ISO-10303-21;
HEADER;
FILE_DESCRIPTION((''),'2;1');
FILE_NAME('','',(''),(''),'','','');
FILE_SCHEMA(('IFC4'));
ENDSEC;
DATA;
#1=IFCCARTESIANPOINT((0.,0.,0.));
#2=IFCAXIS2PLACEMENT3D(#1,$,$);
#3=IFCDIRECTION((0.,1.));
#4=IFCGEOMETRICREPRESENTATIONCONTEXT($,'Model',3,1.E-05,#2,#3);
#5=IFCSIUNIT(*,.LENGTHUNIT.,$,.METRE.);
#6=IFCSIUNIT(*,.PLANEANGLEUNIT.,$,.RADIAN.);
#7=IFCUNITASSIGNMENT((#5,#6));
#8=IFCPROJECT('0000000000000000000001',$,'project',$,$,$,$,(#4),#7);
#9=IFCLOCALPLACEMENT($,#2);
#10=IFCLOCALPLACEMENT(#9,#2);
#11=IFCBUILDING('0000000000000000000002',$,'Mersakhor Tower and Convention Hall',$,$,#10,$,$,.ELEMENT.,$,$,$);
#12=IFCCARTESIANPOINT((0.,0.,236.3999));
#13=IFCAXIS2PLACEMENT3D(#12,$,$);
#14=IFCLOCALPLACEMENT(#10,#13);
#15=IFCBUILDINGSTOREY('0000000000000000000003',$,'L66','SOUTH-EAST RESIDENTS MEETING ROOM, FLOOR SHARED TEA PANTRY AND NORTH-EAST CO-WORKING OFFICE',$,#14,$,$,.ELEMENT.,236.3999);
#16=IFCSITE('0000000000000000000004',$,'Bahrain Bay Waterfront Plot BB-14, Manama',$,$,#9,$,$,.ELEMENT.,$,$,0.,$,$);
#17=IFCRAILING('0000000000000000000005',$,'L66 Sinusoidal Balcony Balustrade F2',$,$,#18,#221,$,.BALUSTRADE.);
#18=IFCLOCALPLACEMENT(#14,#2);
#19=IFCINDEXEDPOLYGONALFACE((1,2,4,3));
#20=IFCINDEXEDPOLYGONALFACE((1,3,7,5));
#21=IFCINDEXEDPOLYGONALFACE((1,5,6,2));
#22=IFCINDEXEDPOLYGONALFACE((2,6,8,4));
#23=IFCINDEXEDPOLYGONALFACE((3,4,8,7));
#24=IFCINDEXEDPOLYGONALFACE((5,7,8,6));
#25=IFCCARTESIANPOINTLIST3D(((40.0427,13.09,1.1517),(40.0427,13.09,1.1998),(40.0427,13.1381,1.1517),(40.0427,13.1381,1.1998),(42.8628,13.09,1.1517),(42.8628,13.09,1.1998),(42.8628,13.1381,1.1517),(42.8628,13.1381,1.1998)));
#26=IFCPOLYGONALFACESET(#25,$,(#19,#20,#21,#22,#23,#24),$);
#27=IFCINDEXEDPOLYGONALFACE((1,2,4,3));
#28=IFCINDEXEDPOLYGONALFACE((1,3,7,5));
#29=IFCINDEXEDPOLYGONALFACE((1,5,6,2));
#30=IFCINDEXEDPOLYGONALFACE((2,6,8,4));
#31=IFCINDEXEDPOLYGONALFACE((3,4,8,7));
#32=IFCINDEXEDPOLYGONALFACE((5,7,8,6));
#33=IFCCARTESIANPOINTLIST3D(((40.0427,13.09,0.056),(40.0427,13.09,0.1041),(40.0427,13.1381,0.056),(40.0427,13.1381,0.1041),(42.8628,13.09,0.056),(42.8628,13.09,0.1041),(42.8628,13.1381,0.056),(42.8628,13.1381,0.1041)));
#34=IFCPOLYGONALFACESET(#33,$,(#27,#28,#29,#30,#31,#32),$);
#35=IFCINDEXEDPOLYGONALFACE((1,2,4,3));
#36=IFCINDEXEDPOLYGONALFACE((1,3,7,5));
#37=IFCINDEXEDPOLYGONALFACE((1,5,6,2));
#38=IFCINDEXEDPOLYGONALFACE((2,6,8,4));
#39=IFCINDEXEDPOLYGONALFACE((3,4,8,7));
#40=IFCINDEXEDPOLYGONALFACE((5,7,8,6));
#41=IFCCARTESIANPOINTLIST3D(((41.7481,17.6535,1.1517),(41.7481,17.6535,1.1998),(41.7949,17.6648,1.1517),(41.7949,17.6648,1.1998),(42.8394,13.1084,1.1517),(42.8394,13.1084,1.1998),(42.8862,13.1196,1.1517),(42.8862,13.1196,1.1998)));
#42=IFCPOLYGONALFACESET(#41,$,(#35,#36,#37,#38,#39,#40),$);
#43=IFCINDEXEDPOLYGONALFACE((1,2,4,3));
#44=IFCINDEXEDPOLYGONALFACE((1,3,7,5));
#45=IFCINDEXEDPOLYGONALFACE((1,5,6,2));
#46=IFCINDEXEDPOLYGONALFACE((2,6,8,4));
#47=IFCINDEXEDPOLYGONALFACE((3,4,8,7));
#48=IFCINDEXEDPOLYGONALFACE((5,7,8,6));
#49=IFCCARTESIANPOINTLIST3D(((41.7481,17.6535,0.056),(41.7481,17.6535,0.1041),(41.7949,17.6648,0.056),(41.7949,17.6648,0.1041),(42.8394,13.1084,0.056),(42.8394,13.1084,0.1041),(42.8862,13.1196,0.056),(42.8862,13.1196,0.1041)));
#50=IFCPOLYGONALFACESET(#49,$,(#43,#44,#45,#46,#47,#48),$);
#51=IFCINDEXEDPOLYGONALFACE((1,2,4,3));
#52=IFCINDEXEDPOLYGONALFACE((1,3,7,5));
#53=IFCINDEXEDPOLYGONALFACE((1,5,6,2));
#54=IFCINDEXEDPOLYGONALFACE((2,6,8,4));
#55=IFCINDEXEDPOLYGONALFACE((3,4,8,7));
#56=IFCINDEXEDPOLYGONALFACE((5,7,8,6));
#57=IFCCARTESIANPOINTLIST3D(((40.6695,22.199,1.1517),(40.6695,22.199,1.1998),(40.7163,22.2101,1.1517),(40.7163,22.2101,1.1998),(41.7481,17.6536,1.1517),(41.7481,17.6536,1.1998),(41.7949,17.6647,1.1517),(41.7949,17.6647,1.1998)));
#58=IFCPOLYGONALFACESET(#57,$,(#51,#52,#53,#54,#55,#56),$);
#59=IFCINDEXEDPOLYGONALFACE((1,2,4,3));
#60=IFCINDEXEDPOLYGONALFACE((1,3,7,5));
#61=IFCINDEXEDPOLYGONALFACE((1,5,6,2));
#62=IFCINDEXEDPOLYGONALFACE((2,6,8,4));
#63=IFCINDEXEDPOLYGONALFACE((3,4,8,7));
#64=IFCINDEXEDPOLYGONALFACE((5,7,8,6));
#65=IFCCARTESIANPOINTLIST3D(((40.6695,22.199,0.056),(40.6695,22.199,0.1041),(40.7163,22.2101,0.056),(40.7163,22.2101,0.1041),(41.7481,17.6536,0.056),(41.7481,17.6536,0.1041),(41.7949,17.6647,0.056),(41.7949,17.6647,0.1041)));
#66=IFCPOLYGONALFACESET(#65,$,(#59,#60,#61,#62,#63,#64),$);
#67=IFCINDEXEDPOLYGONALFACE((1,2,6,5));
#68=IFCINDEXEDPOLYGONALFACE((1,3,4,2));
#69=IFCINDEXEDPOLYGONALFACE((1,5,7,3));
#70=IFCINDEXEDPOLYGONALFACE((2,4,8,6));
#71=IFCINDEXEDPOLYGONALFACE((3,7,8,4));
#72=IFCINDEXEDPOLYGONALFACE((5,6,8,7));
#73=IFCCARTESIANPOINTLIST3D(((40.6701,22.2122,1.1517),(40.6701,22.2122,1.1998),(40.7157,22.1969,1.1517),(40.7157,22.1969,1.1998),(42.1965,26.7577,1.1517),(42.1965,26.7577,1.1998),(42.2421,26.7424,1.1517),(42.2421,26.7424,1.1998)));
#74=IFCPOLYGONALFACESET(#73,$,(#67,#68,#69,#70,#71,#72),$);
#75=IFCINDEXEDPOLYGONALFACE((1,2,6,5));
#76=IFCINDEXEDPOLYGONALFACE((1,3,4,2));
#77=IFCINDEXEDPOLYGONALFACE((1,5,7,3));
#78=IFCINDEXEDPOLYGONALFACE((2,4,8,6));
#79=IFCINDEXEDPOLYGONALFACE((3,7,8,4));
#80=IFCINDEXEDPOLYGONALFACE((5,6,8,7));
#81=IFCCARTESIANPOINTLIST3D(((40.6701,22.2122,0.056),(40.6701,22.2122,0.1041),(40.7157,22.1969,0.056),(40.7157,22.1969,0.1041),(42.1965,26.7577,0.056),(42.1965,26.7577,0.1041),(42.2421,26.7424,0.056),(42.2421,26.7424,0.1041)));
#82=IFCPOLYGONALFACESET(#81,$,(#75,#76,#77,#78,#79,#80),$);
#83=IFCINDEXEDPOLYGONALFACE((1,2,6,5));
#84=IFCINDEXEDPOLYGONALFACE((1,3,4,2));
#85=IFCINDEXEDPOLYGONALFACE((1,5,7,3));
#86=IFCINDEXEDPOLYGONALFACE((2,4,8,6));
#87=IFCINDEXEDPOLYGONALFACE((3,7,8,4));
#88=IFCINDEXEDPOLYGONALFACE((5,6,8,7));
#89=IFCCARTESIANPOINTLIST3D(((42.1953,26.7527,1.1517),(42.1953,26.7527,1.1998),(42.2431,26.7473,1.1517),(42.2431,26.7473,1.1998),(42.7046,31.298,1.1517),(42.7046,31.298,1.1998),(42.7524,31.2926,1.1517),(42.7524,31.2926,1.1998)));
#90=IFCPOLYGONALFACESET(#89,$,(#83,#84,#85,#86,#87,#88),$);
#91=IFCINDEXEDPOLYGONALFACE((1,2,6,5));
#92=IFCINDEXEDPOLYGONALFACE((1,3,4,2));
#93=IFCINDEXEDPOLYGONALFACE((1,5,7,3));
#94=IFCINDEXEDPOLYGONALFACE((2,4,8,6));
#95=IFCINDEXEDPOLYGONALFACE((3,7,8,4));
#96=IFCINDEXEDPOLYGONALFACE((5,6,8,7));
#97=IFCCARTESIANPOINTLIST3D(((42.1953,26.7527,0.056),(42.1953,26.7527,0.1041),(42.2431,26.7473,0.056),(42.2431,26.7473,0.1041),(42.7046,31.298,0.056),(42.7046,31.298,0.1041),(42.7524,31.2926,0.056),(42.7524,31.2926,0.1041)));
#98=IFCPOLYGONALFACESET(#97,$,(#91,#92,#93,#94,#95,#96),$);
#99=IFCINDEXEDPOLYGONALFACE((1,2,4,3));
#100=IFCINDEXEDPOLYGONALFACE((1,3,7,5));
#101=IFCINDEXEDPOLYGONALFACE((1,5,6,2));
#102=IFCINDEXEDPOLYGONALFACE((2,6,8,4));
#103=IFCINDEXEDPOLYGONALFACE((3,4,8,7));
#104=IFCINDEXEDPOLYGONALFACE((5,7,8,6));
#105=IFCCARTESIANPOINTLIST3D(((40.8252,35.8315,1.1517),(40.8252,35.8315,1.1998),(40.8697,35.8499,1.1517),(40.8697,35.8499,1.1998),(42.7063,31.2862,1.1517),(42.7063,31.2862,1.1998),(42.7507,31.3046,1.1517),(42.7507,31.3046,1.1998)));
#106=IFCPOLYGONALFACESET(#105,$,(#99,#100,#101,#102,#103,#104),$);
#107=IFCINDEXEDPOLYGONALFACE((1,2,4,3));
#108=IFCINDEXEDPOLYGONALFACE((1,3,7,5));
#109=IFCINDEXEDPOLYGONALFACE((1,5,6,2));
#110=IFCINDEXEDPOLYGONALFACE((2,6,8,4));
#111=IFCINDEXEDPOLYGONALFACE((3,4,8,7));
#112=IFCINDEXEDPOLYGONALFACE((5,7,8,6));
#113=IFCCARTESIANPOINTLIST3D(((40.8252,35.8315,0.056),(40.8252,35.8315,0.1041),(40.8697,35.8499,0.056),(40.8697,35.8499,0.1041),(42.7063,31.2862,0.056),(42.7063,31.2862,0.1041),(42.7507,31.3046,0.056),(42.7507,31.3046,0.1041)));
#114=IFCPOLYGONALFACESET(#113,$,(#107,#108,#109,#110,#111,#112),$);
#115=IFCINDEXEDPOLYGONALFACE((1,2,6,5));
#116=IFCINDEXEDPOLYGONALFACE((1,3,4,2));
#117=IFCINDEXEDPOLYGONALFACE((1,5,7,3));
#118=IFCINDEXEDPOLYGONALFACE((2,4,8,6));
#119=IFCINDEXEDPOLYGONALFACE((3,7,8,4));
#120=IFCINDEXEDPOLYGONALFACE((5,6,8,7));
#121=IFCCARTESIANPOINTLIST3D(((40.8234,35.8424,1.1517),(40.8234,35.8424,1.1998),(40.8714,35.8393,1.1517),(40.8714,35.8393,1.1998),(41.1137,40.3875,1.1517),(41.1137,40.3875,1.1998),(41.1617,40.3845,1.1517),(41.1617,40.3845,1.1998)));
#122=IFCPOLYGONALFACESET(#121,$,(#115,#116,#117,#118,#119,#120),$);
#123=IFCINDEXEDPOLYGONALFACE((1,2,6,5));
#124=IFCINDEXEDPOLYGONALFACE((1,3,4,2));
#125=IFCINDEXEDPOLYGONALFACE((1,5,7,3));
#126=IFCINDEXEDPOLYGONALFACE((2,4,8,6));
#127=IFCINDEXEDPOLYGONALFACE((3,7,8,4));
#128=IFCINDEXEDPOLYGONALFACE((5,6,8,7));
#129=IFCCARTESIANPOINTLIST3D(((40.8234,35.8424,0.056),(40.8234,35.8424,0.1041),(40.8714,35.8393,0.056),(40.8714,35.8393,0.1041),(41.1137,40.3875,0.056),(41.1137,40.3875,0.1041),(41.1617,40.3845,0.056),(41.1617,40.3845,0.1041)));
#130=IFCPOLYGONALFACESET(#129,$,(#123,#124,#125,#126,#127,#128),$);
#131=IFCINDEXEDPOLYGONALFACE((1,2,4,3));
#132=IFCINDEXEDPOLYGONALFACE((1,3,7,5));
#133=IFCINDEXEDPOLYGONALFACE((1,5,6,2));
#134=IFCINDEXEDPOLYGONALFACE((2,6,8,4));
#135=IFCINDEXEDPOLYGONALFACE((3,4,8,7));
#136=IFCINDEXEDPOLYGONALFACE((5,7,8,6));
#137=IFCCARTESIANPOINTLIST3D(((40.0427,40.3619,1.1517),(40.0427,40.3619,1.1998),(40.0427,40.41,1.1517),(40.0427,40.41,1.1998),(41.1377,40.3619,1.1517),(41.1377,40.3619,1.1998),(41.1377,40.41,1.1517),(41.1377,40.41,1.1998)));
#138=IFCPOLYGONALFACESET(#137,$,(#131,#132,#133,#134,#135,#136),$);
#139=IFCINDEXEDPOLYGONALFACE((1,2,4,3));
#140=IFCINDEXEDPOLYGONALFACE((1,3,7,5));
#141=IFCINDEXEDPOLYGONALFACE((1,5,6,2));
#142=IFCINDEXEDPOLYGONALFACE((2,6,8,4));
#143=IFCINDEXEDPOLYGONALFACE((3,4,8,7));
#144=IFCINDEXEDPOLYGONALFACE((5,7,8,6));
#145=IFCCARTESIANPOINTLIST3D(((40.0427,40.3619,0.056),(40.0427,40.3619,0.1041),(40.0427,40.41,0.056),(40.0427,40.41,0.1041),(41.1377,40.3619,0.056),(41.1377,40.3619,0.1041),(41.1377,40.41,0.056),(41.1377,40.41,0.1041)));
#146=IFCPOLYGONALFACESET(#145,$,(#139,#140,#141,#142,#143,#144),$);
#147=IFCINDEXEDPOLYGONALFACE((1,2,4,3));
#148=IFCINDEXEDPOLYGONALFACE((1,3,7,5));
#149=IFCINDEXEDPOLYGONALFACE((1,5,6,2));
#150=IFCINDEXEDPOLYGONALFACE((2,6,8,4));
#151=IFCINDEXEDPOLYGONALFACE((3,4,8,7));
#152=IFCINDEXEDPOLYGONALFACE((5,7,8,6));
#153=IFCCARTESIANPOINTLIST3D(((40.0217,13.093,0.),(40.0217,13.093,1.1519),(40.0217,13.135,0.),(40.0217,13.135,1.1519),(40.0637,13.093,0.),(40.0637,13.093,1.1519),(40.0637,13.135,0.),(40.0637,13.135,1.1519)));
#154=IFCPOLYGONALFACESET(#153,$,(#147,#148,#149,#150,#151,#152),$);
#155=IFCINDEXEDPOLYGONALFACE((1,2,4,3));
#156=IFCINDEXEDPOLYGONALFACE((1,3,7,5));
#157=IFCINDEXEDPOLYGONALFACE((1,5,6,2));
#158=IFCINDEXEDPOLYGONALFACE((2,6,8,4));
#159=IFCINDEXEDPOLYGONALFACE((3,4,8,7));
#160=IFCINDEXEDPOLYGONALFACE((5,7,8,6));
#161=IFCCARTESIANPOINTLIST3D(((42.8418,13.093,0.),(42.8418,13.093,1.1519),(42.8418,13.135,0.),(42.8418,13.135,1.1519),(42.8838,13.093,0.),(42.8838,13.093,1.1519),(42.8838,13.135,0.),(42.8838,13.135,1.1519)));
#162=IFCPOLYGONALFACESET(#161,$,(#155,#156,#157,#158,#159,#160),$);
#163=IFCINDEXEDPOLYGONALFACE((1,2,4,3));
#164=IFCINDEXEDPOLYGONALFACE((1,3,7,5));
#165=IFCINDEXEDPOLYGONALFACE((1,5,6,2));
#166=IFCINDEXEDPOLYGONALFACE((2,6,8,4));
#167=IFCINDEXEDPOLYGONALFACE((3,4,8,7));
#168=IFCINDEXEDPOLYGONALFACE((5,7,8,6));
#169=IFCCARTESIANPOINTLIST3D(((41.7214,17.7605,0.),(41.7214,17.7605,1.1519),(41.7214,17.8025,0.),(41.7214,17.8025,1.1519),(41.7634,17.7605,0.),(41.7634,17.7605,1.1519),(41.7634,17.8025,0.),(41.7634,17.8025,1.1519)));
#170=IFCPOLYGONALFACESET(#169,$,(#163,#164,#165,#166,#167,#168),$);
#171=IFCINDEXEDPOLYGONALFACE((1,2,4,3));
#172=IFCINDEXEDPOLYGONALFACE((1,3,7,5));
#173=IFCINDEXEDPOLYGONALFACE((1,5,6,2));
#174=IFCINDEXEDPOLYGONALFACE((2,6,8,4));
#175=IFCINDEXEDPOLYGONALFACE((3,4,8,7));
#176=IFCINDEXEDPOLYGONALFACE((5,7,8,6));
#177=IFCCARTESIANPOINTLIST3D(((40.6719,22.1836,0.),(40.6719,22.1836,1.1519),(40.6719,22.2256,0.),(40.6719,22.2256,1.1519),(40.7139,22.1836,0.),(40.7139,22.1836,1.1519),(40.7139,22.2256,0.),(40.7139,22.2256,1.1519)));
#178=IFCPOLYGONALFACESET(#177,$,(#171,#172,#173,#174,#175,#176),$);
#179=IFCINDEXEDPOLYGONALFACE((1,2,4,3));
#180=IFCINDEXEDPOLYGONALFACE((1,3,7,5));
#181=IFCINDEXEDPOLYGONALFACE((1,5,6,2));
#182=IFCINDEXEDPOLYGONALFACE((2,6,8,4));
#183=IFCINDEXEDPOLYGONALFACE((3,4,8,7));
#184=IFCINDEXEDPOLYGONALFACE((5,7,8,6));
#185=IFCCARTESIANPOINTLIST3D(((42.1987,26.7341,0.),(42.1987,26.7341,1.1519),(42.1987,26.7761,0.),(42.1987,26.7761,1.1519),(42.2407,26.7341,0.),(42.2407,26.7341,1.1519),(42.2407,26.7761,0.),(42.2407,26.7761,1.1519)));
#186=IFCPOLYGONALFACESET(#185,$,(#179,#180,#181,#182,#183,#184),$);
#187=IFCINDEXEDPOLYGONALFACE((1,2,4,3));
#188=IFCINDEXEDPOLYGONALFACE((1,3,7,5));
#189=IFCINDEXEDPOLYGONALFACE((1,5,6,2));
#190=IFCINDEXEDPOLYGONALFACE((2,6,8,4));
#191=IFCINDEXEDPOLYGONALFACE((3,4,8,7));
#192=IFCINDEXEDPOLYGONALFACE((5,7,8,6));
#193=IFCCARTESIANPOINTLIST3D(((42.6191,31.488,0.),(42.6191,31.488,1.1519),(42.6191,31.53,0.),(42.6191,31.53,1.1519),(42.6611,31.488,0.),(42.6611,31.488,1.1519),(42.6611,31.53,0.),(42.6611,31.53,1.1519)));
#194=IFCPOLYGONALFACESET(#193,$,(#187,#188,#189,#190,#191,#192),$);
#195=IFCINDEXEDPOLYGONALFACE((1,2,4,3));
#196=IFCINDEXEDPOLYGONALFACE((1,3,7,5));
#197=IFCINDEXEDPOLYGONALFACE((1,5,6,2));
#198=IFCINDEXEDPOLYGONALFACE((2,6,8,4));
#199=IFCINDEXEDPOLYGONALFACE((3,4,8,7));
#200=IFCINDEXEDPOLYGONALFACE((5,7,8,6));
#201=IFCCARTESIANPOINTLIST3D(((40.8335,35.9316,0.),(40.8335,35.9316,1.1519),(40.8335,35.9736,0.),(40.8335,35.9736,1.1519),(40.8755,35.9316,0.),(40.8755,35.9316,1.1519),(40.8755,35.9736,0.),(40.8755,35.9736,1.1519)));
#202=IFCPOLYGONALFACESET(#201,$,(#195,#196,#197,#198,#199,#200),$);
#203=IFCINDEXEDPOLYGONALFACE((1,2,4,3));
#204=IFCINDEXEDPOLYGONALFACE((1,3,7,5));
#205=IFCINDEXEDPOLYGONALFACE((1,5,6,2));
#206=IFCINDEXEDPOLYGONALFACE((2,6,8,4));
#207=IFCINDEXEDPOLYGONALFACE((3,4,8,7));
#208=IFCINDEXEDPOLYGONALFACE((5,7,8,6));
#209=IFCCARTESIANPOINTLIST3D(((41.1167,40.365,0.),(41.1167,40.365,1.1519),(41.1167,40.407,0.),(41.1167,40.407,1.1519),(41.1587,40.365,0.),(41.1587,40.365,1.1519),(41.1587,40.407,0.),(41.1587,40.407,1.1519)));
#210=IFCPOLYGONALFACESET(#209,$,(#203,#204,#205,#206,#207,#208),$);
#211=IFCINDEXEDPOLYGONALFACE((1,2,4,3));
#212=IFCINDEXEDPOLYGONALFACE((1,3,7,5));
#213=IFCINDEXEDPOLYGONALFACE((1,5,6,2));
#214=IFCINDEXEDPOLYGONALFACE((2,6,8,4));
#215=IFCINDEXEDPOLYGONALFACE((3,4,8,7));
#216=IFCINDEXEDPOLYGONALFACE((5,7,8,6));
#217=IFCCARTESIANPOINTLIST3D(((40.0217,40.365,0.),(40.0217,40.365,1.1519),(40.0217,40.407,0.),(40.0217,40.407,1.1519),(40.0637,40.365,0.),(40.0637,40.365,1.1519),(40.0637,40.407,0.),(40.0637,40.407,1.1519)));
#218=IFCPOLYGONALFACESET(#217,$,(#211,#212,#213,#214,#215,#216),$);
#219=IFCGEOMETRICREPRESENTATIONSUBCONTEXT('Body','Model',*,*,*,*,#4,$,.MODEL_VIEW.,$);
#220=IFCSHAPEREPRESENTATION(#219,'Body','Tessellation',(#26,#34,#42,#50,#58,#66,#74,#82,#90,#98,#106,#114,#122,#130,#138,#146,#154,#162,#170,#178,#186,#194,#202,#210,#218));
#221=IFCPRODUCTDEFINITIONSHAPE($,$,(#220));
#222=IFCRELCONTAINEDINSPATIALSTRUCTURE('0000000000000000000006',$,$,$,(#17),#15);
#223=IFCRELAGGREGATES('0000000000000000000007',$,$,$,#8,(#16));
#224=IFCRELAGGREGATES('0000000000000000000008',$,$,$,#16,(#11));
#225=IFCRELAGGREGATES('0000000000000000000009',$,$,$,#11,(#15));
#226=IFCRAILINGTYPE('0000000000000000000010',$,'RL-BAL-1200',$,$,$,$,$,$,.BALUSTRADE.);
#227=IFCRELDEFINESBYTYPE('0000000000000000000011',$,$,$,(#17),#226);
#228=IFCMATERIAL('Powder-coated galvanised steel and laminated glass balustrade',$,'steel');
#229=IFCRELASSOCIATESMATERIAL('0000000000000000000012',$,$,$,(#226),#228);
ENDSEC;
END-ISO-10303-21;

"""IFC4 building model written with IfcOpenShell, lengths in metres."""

from ifc_helpers import new_model, si_unit, direction, frame, origin, origin_2d, place, context, subcontext, project, spatial, rectangle, extrude, material, type_object, element, save


model = new_model("IFC4")

# Units and contexts
model_context = context("Model", 3, precision=1e-05, world=origin(), true_north=direction((0.0, 1.0)))
body_context = subcontext(model_context, "Body", "Model", "MODEL_VIEW")
ifc_project = project(units=[si_unit("LENGTHUNIT", "METRE"), si_unit("PLANEANGLEUNIT", "RADIAN")], contexts=[model_context])

# Site, building, storey
site_placement = place(None, origin())
site = spatial("IfcSite", under=ifc_project, at=site_placement, Name="Bahrain Bay Waterfront Plot BB-14, Manama", CompositionType="ELEMENT", RefElevation=0.0)
building_placement = place(site_placement, origin())
building = spatial("IfcBuilding", under=site, at=building_placement, Name="Mersakhor Tower and Convention Hall", CompositionType="ELEMENT")
storey_placement = place(building_placement, frame((0.0, 0.0, 236.3999)))
storey = spatial("IfcBuildingStorey", under=building, at=storey_placement, Name="L66", Description="SOUTH-EAST RESIDENTS MEETING ROOM, FLOOR SHARED TEA PANTRY AND NORTH-EAST CO-WORKING OFFICE", CompositionType="ELEMENT", Elevation=236.3999)

# Railing
ifc_material_1 = material(Name="Powder-coated galvanised steel and laminated glass balustrade", Category="steel")
railing_type = type_object("IfcRailingType", Name="RL-BAL-1200", PredefinedType="BALUSTRADE", material=ifc_material_1)
railing_placement = place(storey_placement, frame((40.0427, 13.114, 0.0)))
element("IfcRailing", 1, at=railing_placement, inside=storey, type_object=railing_type, Name="L66 Sinusoidal Balcony Balustrade F2", PredefinedType="BALUSTRADE", context=body_context, shape_type="SweptSolid", body=[
    extrude(rectangle(XDim=0.0481, YDim=0.0481, at=origin_2d()), frame((0.0, 0.0, 1.1758), z_axis=(1.0, 0.0, 0.0), x_axis=(0.0, 1.0, 0.0)), (0.0, 0.0, 1.0), 2.8201),
    extrude(rectangle(XDim=0.0481, YDim=0.0481, at=origin_2d()), frame((0.0, 0.0, 0.0801), z_axis=(1.0, 0.0, 0.0), x_axis=(0.0, 1.0, 0.0)), (0.0, 0.0, 1.0), 2.8201),
    extrude(rectangle(XDim=0.0481, YDim=0.0481, at=origin_2d()), frame((2.8201, 0.0, 1.1758), z_axis=(-0.233468, 0.972365, 0.0), x_axis=(-0.972365, -0.233468, 0.0)), (0.0, 0.0, 1.0), 4.6743),
    extrude(rectangle(XDim=0.0481, YDim=0.0481, at=origin_2d()), frame((2.8201, 0.0, 0.0801), z_axis=(-0.233468, 0.972365, 0.0), x_axis=(-0.972365, -0.233468, 0.0)), (0.0, 0.0, 1.0), 4.6743),
    extrude(rectangle(XDim=0.0481, YDim=0.0481, at=origin_2d()), frame((1.7288, 4.5452, 1.1758), z_axis=(-0.230886, 0.972981, 0.0), x_axis=(-0.972981, -0.230886, 0.0)), (0.0, 0.0, 1.0), 4.6716),
    extrude(rectangle(XDim=0.0481, YDim=0.0481, at=origin_2d()), frame((1.7288, 4.5452, 0.0801), z_axis=(-0.230886, 0.972981, 0.0), x_axis=(-0.972981, -0.230886, 0.0)), (0.0, 0.0, 1.0), 4.6716),
    extrude(rectangle(XDim=0.0481, YDim=0.0481, at=origin_2d()), frame((0.6501, 9.0906, 1.1758), z_axis=(0.318335, 0.947978, 0.0), x_axis=(-0.947978, 0.318335, 0.0)), (0.0, 0.0, 1.0), 4.7949),
    extrude(rectangle(XDim=0.0481, YDim=0.0481, at=origin_2d()), frame((0.6501, 9.0906, 0.0801), z_axis=(0.318335, 0.947978, 0.0), x_axis=(-0.947978, 0.318335, 0.0)), (0.0, 0.0, 1.0), 4.7949),
    extrude(rectangle(XDim=0.0481, YDim=0.0481, at=origin_2d()), frame((2.1765, 13.636, 1.1758), z_axis=(0.111345, 0.993782, 0.0), x_axis=(-0.993782, 0.111345, 0.0)), (0.0, 0.0, 1.0), 4.5737),
    extrude(rectangle(XDim=0.0481, YDim=0.0481, at=origin_2d()), frame((2.1765, 13.636, 0.0801), z_axis=(0.111345, 0.993782, 0.0), x_axis=(-0.993782, 0.111345, 0.0)), (0.0, 0.0, 1.0), 4.5737),
    extrude(rectangle(XDim=0.0481, YDim=0.0481, at=origin_2d()), frame((2.6858, 18.1814, 1.1758), z_axis=(-0.382394, 0.923999, 0.0), x_axis=(-0.923999, -0.382394, 0.0)), (0.0, 0.0, 1.0), 4.9192),
    extrude(rectangle(XDim=0.0481, YDim=0.0481, at=origin_2d()), frame((2.6858, 18.1814, 0.0801), z_axis=(-0.382394, 0.923999, 0.0), x_axis=(-0.923999, -0.382394, 0.0)), (0.0, 0.0, 1.0), 4.9192),
    extrude(rectangle(XDim=0.0481, YDim=0.0481, at=origin_2d()), frame((0.8047, 22.7268, 1.1758), z_axis=(0.063737, 0.997967, 0.0), x_axis=(-0.997967, 0.063737, 0.0)), (0.0, 0.0, 1.0), 4.5544),
    extrude(rectangle(XDim=0.0481, YDim=0.0481, at=origin_2d()), frame((0.8047, 22.7268, 0.0801), z_axis=(0.063737, 0.997967, 0.0), x_axis=(-0.997967, 0.063737, 0.0)), (0.0, 0.0, 1.0), 4.5544),
    extrude(rectangle(XDim=0.0481, YDim=0.0481, at=origin_2d()), frame((1.095, 27.272, 1.1758), z_axis=(-1.0, 0.0, 0.0), x_axis=(0.0, -1.0, 0.0)), (0.0, 0.0, 1.0), 1.095),
    extrude(rectangle(XDim=0.0481, YDim=0.0481, at=origin_2d()), frame((1.095, 27.272, 0.0801), z_axis=(-1.0, 0.0, 0.0), x_axis=(0.0, -1.0, 0.0)), (0.0, 0.0, 1.0), 1.095),
    extrude(rectangle(XDim=0.042, YDim=0.042, at=origin_2d()), origin(), (0.0, 0.0, 1.0), 1.1519),
    extrude(rectangle(XDim=0.042, YDim=0.042, at=origin_2d()), frame((2.8201, 0.0, 0.0)), (0.0, 0.0, 1.0), 1.1519),
    extrude(rectangle(XDim=0.042, YDim=0.042, at=origin_2d()), frame((1.6997, 4.6675, 0.0)), (0.0, 0.0, 1.0), 1.1519),
    extrude(rectangle(XDim=0.042, YDim=0.042, at=origin_2d()), frame((0.6501, 9.0906, 0.0)), (0.0, 0.0, 1.0), 1.1519),
    extrude(rectangle(XDim=0.042, YDim=0.042, at=origin_2d()), frame((2.177, 13.6411, 0.0)), (0.0, 0.0, 1.0), 1.1519),
    extrude(rectangle(XDim=0.042, YDim=0.042, at=origin_2d()), frame((2.5974, 18.395, 0.0)), (0.0, 0.0, 1.0), 1.1519),
    extrude(rectangle(XDim=0.042, YDim=0.042, at=origin_2d()), frame((0.8118, 22.8386, 0.0)), (0.0, 0.0, 1.0), 1.1519),
    extrude(rectangle(XDim=0.042, YDim=0.042, at=origin_2d()), frame((1.095, 27.272, 0.0)), (0.0, 0.0, 1.0), 1.1519),
    extrude(rectangle(XDim=0.042, YDim=0.042, at=origin_2d()), frame((0.0, 27.272, 0.0)), (0.0, 0.0, 1.0), 1.1519),
])

save(model, "model.ifc")
